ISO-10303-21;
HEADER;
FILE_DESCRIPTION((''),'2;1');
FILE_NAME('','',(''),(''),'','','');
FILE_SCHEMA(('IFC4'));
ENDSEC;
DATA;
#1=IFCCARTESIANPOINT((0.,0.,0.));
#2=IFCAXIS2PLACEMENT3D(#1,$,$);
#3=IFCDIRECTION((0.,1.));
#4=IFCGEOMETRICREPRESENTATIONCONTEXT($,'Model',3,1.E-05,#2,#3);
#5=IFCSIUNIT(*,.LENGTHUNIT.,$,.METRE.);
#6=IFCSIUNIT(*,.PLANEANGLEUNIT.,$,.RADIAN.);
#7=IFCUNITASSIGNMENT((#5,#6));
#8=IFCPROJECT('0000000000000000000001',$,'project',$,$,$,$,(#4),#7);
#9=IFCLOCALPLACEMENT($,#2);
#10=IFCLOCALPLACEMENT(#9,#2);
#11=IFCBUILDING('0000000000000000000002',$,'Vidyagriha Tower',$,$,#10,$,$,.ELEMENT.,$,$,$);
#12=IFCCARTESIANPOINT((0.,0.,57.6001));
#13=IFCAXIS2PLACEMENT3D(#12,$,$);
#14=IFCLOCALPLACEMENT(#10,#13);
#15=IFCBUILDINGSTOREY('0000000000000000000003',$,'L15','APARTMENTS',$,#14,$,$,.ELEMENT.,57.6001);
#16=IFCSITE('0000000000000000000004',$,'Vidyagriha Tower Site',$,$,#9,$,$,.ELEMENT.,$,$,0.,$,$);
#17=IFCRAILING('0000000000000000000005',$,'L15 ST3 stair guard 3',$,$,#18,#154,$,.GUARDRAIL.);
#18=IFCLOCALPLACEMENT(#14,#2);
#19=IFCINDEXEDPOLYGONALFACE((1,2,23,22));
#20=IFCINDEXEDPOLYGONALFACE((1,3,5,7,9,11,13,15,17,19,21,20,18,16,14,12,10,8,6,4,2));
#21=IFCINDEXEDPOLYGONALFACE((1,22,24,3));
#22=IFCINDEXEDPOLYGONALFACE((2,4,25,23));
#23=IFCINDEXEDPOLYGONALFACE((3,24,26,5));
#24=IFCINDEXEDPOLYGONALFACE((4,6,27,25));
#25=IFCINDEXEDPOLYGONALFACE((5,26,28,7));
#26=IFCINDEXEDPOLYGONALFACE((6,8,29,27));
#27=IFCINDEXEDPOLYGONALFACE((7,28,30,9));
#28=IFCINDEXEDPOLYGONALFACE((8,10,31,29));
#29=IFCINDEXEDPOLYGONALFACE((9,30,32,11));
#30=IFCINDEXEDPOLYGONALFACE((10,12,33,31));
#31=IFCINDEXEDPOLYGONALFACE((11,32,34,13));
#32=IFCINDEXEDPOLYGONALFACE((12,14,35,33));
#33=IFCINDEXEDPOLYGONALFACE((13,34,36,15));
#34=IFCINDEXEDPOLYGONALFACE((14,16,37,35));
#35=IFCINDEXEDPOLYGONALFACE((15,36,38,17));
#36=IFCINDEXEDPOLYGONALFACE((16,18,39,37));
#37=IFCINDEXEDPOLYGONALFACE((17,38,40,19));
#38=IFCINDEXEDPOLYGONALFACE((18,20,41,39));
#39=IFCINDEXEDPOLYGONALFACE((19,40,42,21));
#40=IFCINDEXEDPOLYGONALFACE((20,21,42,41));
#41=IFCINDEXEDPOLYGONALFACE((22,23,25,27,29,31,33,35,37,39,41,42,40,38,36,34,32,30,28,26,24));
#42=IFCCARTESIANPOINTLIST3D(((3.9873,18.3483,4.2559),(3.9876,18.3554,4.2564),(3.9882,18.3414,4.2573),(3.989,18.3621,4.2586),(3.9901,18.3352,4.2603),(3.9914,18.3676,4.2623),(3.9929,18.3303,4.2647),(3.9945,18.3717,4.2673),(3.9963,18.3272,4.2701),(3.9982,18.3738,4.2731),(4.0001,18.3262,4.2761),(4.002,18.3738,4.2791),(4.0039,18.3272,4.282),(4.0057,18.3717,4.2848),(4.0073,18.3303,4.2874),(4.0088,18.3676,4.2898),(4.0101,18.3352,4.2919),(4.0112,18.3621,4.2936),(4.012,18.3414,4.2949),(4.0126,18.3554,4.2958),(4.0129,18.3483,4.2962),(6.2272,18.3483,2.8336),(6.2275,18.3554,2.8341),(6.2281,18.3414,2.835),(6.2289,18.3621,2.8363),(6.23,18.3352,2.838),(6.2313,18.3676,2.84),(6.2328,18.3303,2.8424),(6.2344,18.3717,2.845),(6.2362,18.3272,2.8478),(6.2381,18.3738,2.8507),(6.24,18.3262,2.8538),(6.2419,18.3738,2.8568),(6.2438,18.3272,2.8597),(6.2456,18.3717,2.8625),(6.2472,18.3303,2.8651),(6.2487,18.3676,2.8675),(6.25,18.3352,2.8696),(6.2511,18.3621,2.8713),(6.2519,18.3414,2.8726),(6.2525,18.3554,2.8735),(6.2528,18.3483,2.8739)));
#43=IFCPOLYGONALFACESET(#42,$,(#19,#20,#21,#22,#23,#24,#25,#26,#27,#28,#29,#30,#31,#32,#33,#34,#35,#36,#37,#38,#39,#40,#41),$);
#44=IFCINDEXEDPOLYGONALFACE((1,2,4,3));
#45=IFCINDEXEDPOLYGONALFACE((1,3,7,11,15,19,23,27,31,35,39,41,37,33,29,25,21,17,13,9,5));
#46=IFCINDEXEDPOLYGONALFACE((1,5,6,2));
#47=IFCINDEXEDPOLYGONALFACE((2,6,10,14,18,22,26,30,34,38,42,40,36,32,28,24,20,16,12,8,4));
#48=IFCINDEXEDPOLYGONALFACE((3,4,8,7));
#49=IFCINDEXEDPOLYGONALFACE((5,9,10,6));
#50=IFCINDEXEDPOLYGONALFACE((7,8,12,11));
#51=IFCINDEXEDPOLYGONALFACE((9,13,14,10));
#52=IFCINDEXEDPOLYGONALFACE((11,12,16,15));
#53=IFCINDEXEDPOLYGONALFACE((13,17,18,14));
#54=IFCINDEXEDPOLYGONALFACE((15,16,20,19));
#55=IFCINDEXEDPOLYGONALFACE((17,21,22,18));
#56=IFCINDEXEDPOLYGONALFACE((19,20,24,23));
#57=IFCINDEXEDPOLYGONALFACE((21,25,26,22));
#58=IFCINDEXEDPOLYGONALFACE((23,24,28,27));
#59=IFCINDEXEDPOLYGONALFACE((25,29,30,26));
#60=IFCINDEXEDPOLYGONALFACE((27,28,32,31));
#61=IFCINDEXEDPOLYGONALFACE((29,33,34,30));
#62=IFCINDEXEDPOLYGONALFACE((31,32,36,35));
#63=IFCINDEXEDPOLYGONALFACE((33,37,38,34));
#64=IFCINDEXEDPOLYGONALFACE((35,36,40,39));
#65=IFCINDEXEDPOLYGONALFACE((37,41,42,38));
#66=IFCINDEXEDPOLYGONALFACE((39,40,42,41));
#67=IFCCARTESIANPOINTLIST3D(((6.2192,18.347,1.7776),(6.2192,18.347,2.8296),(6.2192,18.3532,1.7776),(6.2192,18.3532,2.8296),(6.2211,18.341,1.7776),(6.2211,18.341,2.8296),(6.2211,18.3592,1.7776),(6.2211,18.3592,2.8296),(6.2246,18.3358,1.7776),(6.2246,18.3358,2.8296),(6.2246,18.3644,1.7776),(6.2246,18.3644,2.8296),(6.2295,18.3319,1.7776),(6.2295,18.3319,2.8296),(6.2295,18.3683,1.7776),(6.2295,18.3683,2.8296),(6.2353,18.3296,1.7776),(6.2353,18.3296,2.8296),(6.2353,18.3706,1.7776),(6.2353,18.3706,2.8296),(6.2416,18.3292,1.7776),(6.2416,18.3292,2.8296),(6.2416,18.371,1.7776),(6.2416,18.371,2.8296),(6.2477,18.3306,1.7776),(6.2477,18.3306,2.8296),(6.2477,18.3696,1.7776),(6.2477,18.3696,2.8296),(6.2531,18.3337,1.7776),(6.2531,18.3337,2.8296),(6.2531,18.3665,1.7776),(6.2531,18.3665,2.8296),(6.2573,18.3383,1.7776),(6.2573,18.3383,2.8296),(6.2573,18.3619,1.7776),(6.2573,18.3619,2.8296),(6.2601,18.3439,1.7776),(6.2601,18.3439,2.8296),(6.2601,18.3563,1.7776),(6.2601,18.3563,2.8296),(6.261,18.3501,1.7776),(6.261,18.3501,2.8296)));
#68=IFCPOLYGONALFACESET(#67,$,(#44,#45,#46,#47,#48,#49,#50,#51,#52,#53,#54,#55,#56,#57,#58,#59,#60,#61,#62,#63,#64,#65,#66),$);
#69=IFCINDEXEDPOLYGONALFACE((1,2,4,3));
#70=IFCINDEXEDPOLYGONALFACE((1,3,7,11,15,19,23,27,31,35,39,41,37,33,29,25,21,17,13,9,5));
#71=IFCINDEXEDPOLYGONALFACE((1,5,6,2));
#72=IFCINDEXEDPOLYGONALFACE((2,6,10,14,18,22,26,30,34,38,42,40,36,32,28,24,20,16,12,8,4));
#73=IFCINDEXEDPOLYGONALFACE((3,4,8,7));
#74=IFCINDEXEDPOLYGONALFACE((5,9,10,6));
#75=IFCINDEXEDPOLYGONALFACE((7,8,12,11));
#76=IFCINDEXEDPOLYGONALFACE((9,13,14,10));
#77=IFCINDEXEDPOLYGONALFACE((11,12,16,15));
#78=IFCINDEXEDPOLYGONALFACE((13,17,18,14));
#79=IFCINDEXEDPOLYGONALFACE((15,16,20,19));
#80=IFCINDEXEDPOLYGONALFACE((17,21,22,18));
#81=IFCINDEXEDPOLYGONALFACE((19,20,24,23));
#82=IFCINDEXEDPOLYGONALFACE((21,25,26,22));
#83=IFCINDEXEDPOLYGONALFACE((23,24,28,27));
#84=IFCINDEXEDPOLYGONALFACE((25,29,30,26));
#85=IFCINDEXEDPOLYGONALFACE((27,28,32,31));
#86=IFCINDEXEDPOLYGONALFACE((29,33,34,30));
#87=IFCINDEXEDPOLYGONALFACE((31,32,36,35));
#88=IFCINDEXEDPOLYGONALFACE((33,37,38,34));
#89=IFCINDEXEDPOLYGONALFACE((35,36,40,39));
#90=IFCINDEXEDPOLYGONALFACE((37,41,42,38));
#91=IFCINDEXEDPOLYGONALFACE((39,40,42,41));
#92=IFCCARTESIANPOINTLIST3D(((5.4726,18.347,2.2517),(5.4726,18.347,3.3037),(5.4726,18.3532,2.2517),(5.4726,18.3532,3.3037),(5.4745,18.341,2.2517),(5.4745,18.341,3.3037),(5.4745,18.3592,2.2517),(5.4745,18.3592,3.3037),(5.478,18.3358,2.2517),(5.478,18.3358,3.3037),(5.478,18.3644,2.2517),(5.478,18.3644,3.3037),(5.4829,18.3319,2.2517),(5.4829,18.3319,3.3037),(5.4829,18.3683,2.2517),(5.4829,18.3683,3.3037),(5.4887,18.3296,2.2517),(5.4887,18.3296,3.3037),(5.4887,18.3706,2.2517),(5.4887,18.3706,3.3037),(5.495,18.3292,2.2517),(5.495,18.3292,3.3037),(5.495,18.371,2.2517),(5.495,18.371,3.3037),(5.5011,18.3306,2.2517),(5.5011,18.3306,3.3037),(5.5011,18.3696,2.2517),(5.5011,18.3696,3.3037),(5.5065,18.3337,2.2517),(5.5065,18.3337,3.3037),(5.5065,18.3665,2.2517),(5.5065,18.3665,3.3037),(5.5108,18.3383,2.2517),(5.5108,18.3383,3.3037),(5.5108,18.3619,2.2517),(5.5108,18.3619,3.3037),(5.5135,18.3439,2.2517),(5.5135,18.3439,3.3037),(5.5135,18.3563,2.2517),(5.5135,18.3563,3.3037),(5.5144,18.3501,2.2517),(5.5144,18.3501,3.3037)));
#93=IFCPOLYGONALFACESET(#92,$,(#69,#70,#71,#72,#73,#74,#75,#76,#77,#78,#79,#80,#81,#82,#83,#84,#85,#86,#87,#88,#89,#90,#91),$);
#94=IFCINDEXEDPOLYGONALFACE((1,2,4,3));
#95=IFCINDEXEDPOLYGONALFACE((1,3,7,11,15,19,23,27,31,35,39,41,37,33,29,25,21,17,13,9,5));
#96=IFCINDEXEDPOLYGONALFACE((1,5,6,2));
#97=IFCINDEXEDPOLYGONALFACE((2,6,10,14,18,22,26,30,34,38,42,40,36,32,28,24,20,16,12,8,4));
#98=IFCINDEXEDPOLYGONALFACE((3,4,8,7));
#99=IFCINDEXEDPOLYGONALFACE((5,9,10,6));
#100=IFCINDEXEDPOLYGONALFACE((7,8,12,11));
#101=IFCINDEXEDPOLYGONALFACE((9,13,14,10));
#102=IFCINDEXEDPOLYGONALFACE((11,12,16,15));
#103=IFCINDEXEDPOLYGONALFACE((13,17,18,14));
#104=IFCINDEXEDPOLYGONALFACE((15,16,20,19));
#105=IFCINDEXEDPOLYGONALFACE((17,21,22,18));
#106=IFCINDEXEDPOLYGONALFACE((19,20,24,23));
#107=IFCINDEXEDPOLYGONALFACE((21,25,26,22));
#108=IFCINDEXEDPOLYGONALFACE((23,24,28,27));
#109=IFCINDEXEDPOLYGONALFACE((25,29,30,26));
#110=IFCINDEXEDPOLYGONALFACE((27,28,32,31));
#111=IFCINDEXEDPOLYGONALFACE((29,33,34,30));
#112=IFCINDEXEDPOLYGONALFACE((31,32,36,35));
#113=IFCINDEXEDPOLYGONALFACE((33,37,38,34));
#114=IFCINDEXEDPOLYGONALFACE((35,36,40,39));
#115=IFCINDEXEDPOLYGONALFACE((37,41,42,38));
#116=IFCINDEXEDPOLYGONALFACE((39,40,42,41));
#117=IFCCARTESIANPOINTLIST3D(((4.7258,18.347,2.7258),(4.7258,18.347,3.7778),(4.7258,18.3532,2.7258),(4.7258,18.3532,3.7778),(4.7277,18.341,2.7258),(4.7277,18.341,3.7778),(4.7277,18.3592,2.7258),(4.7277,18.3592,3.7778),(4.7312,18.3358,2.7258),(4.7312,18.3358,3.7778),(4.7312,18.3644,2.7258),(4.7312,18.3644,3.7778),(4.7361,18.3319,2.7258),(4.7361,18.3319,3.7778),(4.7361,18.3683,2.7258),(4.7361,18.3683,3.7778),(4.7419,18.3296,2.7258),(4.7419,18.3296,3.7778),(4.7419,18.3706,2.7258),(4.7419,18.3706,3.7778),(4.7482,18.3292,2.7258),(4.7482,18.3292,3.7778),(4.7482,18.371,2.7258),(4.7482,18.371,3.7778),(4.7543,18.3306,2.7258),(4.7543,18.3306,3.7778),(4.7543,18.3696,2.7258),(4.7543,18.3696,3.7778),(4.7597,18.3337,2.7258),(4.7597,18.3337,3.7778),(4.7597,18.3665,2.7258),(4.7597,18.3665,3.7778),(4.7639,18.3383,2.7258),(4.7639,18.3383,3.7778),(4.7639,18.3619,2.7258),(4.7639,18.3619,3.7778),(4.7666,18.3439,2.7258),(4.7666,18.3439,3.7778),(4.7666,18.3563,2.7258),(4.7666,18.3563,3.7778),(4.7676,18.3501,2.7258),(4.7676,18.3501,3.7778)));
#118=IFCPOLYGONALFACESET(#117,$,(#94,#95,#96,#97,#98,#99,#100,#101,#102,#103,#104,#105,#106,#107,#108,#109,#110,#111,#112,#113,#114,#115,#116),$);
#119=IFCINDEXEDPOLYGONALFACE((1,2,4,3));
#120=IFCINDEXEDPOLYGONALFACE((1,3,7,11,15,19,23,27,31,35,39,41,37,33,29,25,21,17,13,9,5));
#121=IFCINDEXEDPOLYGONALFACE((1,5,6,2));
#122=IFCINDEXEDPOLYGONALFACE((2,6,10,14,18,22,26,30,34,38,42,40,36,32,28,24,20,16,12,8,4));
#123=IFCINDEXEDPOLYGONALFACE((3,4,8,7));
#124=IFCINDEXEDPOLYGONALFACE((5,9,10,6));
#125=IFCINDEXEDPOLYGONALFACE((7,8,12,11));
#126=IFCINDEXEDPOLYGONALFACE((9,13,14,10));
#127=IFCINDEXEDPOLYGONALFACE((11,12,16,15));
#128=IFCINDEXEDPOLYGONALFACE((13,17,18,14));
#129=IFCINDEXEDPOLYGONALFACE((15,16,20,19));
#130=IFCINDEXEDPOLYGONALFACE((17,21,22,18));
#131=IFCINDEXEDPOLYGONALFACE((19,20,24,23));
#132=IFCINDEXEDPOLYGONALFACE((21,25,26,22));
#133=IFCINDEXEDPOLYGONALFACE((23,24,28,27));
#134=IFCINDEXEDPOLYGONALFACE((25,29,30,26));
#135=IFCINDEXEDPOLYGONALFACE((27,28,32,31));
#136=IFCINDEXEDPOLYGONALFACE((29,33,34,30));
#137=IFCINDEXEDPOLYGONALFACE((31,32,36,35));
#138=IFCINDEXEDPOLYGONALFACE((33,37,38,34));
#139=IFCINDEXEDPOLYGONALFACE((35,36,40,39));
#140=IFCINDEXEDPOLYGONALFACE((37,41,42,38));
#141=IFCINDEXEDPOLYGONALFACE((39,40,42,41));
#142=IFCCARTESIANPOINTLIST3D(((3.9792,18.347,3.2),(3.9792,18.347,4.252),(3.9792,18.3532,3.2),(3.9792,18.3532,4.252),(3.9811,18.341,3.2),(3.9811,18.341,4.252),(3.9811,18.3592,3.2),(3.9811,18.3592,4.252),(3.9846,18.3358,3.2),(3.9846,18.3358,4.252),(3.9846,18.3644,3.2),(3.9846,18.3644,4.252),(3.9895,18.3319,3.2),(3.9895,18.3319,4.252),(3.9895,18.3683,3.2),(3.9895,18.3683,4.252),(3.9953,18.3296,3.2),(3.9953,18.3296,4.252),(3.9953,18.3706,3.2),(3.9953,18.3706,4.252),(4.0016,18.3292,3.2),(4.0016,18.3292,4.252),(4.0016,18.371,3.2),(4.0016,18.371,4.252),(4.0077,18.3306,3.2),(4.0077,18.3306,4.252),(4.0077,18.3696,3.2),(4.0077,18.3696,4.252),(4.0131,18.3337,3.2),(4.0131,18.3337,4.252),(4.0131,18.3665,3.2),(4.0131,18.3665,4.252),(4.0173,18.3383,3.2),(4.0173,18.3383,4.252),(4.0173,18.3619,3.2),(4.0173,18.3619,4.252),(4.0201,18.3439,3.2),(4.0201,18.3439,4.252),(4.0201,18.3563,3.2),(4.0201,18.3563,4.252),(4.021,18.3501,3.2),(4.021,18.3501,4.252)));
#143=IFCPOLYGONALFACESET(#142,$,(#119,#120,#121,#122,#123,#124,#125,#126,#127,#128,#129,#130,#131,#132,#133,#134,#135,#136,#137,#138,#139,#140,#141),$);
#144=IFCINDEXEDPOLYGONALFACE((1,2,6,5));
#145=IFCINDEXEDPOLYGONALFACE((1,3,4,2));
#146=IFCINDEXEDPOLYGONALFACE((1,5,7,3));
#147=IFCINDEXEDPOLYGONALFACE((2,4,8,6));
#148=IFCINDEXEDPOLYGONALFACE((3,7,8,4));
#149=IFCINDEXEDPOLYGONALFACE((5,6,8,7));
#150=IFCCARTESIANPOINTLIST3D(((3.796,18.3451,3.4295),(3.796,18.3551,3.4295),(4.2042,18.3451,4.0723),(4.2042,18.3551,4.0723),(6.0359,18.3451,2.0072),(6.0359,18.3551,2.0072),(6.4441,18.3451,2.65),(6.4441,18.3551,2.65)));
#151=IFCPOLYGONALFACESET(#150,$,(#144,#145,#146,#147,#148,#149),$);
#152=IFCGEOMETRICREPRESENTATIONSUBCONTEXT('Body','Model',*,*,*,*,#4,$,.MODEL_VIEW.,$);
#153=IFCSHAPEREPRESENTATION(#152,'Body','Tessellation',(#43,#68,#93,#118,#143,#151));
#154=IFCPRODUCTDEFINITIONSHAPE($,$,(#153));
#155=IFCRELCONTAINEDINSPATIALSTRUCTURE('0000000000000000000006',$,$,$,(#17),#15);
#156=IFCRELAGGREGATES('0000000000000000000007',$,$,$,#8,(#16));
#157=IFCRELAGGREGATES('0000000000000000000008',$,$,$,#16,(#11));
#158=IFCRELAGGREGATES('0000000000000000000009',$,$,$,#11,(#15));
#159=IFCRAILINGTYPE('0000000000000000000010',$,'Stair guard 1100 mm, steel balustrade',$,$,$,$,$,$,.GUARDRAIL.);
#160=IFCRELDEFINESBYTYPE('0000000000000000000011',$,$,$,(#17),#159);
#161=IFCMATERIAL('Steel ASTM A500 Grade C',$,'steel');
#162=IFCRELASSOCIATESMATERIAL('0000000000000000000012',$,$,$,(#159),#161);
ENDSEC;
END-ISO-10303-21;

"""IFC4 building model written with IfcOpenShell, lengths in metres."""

from ifc_helpers import new_model, si_unit, direction, frame, origin, origin_2d, place, context, subcontext, project, spatial, rectangle, circle, extrude, material, type_object, element, save


model = new_model("IFC4")

# Units and contexts
model_context = context("Model", 3, precision=1e-05, world=origin(), true_north=direction((0.0, 1.0)))
body_context = subcontext(model_context, "Body", "Model", "MODEL_VIEW")
ifc_project = project(units=[si_unit("LENGTHUNIT", "METRE"), si_unit("PLANEANGLEUNIT", "RADIAN")], contexts=[model_context])

# Site, building, storey
site_placement = place(None, origin())
site = spatial("IfcSite", under=ifc_project, at=site_placement, Name="Vidyagriha Tower Site", CompositionType="ELEMENT", RefElevation=0.0)
building_placement = place(site_placement, origin())
building = spatial("IfcBuilding", under=site, at=building_placement, Name="Vidyagriha Tower", CompositionType="ELEMENT")
storey_placement = place(building_placement, frame((0.0, 0.0, 57.6001)))
storey = spatial("IfcBuildingStorey", under=building, at=storey_placement, Name="L15", Description="APARTMENTS", CompositionType="ELEMENT", Elevation=57.6001)

# Railing
ifc_material_1 = material(Name="Steel ASTM A500 Grade C", Category="steel")
railing_type_1 = type_object("IfcRailingType", Name="Stair guard 1100 mm, steel balustrade", PredefinedType="GUARDRAIL", material=ifc_material_1)
railing_1_placement = place(storey_placement, frame((6.24, 18.3501, 1.7776)))
element("IfcRailing", 1, at=railing_1_placement, inside=storey, type_object=railing_type_1, Name="L15 ST3 stair guard 3", PredefinedType="GUARDRAIL", context=body_context, shape_type="SweptSolid", body=[
    extrude(circle(Radius=0.0239, at=origin_2d()), frame((0.0, 0.0, 1.0762), z_axis=(-0.844188, 0.0, 0.536048), x_axis=(0.0, -1.0, 0.0)), (0.0, 0.0, 1.0), 2.6533),
    extrude(circle(Radius=0.021, at=origin_2d()), origin(), (0.0, 0.0, 1.0), 1.052),
    extrude(circle(Radius=0.021, at=origin_2d()), frame((-0.7466, 0.0, 0.4741)), (0.0, 0.0, 1.0), 1.052),
    extrude(circle(Radius=0.021, at=origin_2d()), frame((-1.4934, 0.0, 0.9482)), (0.0, 0.0, 1.0), 1.052),
    extrude(circle(Radius=0.021, at=origin_2d()), frame((-2.24, 0.0, 1.4224)), (0.0, 0.0, 1.0), 1.052),
    extrude(rectangle(XDim=0.01, YDim=0.7615, at=origin_2d()), frame((0.0, 0.0, 0.551), z_axis=(-0.844188, 0.0, 0.536048), x_axis=(0.0, -1.0, 0.0)), (0.0, 0.0, 1.0), 2.6533),
])

save(model, "model.ifc")
